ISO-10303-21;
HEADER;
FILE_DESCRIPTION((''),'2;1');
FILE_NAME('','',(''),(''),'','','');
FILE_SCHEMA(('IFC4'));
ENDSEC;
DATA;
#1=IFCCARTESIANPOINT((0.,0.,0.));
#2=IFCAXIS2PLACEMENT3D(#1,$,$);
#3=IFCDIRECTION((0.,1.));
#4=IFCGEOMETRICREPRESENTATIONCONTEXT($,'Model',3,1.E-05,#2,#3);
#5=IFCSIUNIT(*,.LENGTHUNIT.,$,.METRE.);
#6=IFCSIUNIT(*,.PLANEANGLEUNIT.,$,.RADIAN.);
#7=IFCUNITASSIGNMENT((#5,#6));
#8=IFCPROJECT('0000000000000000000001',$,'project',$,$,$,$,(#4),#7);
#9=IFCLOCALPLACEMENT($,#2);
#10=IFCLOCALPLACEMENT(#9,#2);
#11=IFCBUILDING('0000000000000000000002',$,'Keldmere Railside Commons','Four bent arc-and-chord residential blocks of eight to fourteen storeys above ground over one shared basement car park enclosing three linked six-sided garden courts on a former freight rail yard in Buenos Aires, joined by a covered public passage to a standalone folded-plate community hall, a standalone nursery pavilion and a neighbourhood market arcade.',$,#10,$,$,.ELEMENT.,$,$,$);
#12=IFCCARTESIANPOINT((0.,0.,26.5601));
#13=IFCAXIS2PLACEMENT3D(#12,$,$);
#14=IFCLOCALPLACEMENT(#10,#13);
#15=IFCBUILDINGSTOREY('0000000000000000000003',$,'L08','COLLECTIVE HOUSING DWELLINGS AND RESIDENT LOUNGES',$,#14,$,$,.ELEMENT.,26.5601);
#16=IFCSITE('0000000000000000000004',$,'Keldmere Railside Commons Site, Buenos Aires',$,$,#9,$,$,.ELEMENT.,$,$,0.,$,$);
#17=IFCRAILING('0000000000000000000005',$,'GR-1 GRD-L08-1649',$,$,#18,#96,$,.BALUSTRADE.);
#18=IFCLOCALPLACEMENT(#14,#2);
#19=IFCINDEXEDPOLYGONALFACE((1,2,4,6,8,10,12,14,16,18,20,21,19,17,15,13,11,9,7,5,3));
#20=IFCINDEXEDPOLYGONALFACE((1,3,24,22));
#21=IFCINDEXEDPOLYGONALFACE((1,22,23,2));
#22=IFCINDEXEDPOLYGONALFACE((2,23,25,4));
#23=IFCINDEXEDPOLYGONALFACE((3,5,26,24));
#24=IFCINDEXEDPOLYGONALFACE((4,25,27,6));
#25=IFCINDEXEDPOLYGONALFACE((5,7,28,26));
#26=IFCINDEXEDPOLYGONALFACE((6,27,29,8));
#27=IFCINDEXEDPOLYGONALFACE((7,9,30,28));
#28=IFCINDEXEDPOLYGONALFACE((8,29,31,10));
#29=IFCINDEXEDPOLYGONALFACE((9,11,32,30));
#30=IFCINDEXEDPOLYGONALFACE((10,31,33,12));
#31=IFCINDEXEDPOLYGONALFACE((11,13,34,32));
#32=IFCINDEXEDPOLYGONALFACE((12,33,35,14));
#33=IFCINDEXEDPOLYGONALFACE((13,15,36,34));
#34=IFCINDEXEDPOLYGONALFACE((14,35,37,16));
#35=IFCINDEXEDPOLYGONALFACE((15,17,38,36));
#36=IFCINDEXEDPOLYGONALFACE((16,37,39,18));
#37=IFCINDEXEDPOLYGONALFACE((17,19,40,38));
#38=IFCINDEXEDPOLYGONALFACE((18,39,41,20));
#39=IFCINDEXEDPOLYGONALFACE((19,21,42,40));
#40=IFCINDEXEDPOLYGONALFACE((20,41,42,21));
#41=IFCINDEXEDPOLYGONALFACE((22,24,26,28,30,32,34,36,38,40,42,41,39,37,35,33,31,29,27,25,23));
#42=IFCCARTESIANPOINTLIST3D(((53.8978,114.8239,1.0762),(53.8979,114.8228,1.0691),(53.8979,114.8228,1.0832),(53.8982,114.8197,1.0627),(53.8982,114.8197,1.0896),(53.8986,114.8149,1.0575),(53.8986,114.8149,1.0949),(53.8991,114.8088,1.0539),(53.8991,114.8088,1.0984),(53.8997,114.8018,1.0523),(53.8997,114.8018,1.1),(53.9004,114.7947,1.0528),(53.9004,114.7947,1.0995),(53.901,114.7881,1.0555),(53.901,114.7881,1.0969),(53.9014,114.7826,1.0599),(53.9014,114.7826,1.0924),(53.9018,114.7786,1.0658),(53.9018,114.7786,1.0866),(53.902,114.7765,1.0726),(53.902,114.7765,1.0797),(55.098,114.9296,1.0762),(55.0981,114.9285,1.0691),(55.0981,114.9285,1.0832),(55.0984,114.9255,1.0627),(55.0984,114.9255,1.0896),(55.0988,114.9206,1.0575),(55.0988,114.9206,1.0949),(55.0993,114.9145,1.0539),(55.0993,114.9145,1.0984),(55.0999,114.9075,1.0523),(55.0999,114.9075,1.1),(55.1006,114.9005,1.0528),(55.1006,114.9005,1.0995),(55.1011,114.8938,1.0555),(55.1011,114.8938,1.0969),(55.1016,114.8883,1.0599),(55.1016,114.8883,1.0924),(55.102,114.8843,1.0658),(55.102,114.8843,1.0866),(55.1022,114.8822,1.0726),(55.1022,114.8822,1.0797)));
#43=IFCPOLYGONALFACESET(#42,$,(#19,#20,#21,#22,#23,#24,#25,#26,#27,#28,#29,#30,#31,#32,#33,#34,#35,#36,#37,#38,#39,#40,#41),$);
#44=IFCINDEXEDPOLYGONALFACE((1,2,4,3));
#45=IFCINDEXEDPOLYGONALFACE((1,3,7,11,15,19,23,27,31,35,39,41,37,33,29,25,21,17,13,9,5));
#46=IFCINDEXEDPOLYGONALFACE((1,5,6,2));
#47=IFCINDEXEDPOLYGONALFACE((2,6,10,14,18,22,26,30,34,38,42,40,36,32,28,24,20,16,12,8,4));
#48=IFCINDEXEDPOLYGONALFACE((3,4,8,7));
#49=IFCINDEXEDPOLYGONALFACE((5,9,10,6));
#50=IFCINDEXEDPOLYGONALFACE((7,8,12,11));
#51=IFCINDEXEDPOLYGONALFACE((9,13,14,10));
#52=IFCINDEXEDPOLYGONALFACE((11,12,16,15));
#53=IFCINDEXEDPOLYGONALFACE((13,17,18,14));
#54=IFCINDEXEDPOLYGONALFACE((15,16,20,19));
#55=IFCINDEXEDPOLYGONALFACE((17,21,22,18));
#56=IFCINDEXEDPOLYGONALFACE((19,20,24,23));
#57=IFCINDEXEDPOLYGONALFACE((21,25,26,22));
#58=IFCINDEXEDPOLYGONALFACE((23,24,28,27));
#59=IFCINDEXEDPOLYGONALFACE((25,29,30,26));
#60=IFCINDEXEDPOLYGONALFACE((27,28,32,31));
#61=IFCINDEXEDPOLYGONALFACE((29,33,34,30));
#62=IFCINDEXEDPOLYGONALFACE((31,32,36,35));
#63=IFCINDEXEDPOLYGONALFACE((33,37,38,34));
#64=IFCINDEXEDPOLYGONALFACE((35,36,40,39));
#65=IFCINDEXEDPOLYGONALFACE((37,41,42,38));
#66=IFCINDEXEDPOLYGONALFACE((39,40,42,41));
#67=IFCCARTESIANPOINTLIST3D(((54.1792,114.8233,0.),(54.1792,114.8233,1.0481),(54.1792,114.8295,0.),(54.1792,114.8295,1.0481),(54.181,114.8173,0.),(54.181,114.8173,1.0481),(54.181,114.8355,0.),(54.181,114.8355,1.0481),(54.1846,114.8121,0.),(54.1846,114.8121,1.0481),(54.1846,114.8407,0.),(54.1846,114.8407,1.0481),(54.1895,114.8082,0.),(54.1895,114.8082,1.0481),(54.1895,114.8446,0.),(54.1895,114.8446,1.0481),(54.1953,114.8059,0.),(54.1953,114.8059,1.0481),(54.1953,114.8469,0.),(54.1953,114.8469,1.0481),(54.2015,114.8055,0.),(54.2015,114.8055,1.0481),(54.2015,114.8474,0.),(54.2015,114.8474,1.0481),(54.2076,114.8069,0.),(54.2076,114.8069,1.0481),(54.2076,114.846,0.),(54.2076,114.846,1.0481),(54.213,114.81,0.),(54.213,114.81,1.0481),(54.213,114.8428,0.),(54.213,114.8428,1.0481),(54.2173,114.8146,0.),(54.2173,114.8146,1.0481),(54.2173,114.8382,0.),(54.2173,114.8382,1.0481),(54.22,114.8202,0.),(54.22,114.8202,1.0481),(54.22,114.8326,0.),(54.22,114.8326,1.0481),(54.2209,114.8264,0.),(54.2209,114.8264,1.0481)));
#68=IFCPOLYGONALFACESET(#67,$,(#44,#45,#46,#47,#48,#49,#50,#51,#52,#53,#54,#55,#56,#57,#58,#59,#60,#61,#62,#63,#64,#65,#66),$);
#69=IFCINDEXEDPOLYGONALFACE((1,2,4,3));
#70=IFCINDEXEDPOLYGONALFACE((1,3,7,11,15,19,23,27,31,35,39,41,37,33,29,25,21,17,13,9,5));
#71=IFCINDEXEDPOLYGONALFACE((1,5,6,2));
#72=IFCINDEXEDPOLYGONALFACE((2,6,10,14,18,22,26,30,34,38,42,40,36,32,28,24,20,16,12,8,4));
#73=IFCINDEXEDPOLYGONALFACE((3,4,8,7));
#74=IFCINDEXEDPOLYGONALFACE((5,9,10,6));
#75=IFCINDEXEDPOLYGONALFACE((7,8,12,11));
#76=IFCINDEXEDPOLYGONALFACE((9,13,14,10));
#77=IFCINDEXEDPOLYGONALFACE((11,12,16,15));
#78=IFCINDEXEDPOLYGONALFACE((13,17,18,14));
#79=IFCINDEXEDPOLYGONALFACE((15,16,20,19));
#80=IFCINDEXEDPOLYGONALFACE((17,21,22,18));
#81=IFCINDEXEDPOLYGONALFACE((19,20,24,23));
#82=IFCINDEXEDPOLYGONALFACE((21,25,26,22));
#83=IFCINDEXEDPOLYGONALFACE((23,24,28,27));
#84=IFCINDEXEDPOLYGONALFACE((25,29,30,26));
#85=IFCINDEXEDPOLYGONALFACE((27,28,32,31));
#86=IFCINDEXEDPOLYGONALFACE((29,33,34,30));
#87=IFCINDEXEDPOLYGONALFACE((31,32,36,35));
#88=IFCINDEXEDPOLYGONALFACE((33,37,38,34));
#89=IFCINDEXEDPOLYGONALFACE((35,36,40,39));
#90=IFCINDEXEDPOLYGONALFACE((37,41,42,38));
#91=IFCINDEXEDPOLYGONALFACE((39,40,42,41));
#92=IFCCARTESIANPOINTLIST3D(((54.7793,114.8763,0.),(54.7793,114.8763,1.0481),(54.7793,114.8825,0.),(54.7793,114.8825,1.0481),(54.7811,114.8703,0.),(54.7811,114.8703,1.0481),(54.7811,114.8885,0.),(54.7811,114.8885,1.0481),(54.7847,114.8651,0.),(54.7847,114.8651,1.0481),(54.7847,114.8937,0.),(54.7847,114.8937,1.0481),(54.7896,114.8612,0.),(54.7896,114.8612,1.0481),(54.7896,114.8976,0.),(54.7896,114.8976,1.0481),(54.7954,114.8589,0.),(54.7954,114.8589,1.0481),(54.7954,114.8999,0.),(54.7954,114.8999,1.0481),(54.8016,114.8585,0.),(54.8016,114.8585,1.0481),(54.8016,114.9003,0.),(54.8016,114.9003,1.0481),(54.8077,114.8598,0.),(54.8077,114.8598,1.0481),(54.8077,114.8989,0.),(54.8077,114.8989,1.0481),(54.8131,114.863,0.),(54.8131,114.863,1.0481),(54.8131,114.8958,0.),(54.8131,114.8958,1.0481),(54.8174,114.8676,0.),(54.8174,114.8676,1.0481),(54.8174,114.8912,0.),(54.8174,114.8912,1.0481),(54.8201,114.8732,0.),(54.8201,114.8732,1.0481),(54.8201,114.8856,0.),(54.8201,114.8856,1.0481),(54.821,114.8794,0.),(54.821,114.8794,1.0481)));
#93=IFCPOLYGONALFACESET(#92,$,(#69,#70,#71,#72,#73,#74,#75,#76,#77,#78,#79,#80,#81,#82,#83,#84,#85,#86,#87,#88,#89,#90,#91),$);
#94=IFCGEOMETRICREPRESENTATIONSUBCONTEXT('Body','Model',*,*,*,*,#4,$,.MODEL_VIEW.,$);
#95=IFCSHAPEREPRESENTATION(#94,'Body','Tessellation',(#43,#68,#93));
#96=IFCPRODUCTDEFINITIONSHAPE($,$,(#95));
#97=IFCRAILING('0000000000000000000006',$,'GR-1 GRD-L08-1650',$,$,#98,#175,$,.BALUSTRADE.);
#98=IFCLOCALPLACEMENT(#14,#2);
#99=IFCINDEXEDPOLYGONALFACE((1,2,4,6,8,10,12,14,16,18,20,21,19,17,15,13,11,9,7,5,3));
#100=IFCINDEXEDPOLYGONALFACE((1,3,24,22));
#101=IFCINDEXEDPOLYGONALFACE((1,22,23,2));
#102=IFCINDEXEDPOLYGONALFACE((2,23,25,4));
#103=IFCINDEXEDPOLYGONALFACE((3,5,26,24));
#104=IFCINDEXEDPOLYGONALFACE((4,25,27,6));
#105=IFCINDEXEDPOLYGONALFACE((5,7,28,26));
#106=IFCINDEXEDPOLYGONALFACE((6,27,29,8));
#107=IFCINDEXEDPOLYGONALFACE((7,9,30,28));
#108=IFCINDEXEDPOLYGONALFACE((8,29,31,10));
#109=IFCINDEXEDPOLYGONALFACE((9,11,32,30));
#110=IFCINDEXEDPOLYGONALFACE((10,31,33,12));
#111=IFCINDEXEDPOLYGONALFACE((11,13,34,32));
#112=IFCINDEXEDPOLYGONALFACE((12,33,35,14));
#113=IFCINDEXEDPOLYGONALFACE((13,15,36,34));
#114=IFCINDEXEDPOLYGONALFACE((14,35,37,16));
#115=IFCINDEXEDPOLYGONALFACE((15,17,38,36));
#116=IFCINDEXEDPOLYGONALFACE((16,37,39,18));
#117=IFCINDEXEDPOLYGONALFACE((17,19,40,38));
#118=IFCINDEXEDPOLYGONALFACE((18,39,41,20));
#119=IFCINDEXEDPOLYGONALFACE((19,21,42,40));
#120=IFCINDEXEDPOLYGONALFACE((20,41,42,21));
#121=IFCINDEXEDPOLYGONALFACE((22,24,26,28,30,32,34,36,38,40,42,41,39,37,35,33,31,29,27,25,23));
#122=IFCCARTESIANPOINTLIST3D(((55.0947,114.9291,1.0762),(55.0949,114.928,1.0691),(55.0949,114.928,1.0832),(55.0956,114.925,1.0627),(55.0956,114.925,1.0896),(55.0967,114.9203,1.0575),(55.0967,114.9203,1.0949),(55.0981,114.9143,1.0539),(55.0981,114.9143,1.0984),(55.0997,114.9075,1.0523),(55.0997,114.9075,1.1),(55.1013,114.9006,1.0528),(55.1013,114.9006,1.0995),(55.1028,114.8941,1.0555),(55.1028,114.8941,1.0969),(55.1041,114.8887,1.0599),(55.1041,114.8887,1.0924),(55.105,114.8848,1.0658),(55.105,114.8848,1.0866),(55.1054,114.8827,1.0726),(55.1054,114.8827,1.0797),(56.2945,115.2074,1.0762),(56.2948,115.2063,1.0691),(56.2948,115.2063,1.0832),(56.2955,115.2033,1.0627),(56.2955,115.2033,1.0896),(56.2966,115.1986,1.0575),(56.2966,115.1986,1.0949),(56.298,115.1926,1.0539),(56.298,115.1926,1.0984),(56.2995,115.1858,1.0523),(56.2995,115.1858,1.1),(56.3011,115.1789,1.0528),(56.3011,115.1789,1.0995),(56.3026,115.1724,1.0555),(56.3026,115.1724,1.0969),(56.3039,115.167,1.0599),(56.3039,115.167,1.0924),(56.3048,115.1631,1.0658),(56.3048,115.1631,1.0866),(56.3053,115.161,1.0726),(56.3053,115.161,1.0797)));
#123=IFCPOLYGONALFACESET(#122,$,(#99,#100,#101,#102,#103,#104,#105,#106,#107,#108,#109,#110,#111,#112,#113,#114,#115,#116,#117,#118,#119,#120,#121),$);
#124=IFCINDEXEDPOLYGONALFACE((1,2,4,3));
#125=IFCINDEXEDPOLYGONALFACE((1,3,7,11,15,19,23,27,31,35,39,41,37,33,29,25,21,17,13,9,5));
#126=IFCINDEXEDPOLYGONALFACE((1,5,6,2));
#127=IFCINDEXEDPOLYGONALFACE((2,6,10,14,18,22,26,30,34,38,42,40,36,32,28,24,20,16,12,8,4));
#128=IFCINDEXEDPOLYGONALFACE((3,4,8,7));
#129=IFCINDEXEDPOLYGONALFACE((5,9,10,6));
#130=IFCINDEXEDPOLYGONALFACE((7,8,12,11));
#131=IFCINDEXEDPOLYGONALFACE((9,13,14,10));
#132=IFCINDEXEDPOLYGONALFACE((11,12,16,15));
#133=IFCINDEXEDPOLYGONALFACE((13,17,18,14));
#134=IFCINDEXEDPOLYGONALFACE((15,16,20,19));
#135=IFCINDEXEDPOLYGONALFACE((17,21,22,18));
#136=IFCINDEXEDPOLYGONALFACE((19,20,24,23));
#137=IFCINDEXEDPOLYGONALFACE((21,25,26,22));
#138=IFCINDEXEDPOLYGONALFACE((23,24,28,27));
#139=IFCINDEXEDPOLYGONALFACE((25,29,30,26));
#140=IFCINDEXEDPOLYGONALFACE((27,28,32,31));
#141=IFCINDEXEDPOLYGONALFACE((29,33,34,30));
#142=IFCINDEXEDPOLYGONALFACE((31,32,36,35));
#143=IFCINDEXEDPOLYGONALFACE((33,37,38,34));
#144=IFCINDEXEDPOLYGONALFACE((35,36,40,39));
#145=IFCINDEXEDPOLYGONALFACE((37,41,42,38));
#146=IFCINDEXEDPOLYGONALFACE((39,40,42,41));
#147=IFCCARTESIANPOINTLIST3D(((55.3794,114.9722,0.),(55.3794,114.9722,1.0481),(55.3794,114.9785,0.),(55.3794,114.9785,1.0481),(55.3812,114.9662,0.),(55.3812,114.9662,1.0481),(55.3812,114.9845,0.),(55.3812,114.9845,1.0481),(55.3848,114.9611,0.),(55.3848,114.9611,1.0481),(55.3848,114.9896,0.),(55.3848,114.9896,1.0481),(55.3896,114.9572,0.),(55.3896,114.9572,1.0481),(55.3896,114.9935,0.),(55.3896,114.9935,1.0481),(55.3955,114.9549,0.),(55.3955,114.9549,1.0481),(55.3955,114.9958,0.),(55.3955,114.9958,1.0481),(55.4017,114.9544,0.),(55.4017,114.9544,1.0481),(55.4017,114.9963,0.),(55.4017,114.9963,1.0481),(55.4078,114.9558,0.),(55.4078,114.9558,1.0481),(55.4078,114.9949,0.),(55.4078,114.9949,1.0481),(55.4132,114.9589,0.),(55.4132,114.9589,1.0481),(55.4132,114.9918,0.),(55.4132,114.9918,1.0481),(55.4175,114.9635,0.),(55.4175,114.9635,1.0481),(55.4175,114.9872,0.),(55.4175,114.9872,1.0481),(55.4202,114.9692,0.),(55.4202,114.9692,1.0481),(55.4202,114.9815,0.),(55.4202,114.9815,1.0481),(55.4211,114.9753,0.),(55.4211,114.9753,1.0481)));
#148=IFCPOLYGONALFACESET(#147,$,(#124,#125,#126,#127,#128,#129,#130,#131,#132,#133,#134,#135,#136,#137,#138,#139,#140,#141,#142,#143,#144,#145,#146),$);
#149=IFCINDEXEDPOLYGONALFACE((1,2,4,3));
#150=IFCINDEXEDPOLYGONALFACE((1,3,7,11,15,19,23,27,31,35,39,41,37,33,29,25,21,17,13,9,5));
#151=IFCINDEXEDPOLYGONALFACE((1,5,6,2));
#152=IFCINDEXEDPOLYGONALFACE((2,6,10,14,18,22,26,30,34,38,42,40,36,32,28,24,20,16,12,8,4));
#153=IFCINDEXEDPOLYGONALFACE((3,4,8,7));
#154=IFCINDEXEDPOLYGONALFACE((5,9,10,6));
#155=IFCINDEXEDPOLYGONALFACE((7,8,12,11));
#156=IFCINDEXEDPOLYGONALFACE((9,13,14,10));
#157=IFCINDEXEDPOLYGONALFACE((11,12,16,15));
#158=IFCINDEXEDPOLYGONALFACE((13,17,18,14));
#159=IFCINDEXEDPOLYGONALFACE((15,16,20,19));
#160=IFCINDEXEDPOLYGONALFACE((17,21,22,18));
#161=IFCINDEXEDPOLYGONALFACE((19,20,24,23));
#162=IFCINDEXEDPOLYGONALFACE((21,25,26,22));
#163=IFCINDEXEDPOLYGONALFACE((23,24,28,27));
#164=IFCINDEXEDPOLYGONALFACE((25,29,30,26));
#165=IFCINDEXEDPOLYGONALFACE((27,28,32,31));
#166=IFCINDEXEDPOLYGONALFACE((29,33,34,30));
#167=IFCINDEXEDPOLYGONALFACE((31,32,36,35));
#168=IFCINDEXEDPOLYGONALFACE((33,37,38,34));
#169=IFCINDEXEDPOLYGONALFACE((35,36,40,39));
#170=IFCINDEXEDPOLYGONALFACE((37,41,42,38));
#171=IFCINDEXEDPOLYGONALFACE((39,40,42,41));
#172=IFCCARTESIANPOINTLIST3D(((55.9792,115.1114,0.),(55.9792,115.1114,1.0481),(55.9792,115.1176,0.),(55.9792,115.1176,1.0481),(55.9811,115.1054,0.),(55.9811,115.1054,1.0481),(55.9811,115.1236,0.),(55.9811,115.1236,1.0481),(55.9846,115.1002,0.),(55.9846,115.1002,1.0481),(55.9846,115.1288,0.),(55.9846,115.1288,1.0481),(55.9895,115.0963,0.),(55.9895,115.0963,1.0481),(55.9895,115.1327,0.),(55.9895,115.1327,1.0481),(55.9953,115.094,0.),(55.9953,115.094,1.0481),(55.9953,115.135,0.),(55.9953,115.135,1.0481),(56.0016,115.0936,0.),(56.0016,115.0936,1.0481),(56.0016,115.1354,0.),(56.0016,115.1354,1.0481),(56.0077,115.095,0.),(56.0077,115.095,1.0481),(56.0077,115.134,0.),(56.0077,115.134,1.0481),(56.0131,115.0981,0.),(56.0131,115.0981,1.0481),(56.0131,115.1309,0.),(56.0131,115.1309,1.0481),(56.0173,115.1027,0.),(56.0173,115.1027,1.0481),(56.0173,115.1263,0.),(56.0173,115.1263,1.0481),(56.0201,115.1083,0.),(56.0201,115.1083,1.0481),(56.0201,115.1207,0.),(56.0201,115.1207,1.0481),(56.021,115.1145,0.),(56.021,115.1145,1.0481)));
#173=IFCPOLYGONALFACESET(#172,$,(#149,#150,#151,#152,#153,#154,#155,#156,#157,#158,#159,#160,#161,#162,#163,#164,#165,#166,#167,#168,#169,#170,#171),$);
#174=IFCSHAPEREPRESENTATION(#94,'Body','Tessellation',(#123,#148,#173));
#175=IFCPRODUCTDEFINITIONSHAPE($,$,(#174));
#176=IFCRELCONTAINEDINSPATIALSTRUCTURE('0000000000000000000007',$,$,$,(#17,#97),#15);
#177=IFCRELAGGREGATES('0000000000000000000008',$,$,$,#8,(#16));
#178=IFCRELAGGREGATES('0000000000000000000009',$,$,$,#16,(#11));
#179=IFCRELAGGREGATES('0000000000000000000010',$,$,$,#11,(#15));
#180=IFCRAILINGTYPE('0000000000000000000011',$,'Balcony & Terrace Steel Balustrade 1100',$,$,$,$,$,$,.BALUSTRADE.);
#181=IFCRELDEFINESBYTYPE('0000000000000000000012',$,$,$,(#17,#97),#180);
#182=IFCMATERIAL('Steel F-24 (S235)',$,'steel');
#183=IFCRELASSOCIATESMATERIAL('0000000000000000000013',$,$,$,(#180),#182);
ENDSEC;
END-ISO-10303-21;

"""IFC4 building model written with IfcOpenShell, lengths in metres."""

from ifc_helpers import new_model, si_unit, direction, frame, origin, origin_2d, place, context, subcontext, project, spatial, circle, extrude, material, type_object, element, save


model = new_model("IFC4")

# Units and contexts
model_context = context("Model", 3, precision=1e-05, world=origin(), true_north=direction((0.0, 1.0)))
body_context = subcontext(model_context, "Body", "Model", "MODEL_VIEW")
ifc_project = project(units=[si_unit("LENGTHUNIT", "METRE"), si_unit("PLANEANGLEUNIT", "RADIAN")], contexts=[model_context])

# Site, building, storey
site_placement = place(None, origin())
site = spatial("IfcSite", under=ifc_project, at=site_placement, Name="Keldmere Railside Commons Site, Buenos Aires", CompositionType="ELEMENT", RefElevation=0.0)
building_placement = place(site_placement, origin())
building = spatial("IfcBuilding", under=site, at=building_placement, Name="Keldmere Railside Commons", Description="Four bent arc-and-chord residential blocks of eight to fourteen storeys above ground over one shared basement car park enclosing three linked six-sided garden courts on a former freight rail yard in Buenos Aires, joined by a covered public passage to a standalone folded-plate community hall, a standalone nursery pavilion and a neighbourhood market arcade.", CompositionType="ELEMENT")
storey_placement = place(building_placement, frame((0.0, 0.0, 26.5601)))
storey = spatial("IfcBuildingStorey", under=building, at=storey_placement, Name="L08", Description="COLLECTIVE HOUSING DWELLINGS AND RESIDENT LOUNGES", CompositionType="ELEMENT", Elevation=26.5601)

# Railings
ifc_material_1 = material(Name="Steel F-24 (S235)", Category="steel")
railing_type = type_object("IfcRailingType", Name="Balcony & Terrace Steel Balustrade 1100", PredefinedType="BALUSTRADE", material=ifc_material_1)
railing_1_placement = place(storey_placement, frame((53.8999, 114.8, 0.0)))
element("IfcRailing", 1, at=railing_1_placement, inside=storey, type_object=railing_type, Name="GR-1 GRD-L08-1649", PredefinedType="BALUSTRADE", context=body_context, shape_type="SweptSolid", body=[
    extrude(circle(Radius=0.0239, at=origin_2d()), frame((0.0, 0.0, 1.0762), z_axis=(0.996143, 0.08774, 0.0), x_axis=(-0.08774, 0.996143, 0.0)), (0.0, 0.0, 1.0), 1.2048),
    extrude(circle(Radius=0.021, at=origin_2d()), frame((0.3, 0.0264, 0.0)), (0.0, 0.0, 1.0), 1.0481),
    extrude(circle(Radius=0.021, at=origin_2d()), frame((0.9001, 0.0793, 0.0)), (0.0, 0.0, 1.0), 1.0481),
])
railing_2_placement = place(storey_placement, frame((55.1001, 114.9058, 0.0)))
element("IfcRailing", 2, at=railing_2_placement, inside=storey, type_object=railing_type, Name="GR-1 GRD-L08-1650", PredefinedType="BALUSTRADE", context=body_context, shape_type="SweptSolid", body=[
    extrude(circle(Radius=0.0239, at=origin_2d()), frame((0.0, 0.0, 1.0762), z_axis=(0.97414, 0.225945, 0.0), x_axis=(-0.225945, 0.97414, 0.0)), (0.0, 0.0, 1.0), 1.2317),
    extrude(circle(Radius=0.021, at=origin_2d()), frame((0.3, 0.0696, 0.0)), (0.0, 0.0, 1.0), 1.0481),
    extrude(circle(Radius=0.021, at=origin_2d()), frame((0.8999, 0.2087, 0.0)), (0.0, 0.0, 1.0), 1.0481),
])

save(model, "model.ifc")
